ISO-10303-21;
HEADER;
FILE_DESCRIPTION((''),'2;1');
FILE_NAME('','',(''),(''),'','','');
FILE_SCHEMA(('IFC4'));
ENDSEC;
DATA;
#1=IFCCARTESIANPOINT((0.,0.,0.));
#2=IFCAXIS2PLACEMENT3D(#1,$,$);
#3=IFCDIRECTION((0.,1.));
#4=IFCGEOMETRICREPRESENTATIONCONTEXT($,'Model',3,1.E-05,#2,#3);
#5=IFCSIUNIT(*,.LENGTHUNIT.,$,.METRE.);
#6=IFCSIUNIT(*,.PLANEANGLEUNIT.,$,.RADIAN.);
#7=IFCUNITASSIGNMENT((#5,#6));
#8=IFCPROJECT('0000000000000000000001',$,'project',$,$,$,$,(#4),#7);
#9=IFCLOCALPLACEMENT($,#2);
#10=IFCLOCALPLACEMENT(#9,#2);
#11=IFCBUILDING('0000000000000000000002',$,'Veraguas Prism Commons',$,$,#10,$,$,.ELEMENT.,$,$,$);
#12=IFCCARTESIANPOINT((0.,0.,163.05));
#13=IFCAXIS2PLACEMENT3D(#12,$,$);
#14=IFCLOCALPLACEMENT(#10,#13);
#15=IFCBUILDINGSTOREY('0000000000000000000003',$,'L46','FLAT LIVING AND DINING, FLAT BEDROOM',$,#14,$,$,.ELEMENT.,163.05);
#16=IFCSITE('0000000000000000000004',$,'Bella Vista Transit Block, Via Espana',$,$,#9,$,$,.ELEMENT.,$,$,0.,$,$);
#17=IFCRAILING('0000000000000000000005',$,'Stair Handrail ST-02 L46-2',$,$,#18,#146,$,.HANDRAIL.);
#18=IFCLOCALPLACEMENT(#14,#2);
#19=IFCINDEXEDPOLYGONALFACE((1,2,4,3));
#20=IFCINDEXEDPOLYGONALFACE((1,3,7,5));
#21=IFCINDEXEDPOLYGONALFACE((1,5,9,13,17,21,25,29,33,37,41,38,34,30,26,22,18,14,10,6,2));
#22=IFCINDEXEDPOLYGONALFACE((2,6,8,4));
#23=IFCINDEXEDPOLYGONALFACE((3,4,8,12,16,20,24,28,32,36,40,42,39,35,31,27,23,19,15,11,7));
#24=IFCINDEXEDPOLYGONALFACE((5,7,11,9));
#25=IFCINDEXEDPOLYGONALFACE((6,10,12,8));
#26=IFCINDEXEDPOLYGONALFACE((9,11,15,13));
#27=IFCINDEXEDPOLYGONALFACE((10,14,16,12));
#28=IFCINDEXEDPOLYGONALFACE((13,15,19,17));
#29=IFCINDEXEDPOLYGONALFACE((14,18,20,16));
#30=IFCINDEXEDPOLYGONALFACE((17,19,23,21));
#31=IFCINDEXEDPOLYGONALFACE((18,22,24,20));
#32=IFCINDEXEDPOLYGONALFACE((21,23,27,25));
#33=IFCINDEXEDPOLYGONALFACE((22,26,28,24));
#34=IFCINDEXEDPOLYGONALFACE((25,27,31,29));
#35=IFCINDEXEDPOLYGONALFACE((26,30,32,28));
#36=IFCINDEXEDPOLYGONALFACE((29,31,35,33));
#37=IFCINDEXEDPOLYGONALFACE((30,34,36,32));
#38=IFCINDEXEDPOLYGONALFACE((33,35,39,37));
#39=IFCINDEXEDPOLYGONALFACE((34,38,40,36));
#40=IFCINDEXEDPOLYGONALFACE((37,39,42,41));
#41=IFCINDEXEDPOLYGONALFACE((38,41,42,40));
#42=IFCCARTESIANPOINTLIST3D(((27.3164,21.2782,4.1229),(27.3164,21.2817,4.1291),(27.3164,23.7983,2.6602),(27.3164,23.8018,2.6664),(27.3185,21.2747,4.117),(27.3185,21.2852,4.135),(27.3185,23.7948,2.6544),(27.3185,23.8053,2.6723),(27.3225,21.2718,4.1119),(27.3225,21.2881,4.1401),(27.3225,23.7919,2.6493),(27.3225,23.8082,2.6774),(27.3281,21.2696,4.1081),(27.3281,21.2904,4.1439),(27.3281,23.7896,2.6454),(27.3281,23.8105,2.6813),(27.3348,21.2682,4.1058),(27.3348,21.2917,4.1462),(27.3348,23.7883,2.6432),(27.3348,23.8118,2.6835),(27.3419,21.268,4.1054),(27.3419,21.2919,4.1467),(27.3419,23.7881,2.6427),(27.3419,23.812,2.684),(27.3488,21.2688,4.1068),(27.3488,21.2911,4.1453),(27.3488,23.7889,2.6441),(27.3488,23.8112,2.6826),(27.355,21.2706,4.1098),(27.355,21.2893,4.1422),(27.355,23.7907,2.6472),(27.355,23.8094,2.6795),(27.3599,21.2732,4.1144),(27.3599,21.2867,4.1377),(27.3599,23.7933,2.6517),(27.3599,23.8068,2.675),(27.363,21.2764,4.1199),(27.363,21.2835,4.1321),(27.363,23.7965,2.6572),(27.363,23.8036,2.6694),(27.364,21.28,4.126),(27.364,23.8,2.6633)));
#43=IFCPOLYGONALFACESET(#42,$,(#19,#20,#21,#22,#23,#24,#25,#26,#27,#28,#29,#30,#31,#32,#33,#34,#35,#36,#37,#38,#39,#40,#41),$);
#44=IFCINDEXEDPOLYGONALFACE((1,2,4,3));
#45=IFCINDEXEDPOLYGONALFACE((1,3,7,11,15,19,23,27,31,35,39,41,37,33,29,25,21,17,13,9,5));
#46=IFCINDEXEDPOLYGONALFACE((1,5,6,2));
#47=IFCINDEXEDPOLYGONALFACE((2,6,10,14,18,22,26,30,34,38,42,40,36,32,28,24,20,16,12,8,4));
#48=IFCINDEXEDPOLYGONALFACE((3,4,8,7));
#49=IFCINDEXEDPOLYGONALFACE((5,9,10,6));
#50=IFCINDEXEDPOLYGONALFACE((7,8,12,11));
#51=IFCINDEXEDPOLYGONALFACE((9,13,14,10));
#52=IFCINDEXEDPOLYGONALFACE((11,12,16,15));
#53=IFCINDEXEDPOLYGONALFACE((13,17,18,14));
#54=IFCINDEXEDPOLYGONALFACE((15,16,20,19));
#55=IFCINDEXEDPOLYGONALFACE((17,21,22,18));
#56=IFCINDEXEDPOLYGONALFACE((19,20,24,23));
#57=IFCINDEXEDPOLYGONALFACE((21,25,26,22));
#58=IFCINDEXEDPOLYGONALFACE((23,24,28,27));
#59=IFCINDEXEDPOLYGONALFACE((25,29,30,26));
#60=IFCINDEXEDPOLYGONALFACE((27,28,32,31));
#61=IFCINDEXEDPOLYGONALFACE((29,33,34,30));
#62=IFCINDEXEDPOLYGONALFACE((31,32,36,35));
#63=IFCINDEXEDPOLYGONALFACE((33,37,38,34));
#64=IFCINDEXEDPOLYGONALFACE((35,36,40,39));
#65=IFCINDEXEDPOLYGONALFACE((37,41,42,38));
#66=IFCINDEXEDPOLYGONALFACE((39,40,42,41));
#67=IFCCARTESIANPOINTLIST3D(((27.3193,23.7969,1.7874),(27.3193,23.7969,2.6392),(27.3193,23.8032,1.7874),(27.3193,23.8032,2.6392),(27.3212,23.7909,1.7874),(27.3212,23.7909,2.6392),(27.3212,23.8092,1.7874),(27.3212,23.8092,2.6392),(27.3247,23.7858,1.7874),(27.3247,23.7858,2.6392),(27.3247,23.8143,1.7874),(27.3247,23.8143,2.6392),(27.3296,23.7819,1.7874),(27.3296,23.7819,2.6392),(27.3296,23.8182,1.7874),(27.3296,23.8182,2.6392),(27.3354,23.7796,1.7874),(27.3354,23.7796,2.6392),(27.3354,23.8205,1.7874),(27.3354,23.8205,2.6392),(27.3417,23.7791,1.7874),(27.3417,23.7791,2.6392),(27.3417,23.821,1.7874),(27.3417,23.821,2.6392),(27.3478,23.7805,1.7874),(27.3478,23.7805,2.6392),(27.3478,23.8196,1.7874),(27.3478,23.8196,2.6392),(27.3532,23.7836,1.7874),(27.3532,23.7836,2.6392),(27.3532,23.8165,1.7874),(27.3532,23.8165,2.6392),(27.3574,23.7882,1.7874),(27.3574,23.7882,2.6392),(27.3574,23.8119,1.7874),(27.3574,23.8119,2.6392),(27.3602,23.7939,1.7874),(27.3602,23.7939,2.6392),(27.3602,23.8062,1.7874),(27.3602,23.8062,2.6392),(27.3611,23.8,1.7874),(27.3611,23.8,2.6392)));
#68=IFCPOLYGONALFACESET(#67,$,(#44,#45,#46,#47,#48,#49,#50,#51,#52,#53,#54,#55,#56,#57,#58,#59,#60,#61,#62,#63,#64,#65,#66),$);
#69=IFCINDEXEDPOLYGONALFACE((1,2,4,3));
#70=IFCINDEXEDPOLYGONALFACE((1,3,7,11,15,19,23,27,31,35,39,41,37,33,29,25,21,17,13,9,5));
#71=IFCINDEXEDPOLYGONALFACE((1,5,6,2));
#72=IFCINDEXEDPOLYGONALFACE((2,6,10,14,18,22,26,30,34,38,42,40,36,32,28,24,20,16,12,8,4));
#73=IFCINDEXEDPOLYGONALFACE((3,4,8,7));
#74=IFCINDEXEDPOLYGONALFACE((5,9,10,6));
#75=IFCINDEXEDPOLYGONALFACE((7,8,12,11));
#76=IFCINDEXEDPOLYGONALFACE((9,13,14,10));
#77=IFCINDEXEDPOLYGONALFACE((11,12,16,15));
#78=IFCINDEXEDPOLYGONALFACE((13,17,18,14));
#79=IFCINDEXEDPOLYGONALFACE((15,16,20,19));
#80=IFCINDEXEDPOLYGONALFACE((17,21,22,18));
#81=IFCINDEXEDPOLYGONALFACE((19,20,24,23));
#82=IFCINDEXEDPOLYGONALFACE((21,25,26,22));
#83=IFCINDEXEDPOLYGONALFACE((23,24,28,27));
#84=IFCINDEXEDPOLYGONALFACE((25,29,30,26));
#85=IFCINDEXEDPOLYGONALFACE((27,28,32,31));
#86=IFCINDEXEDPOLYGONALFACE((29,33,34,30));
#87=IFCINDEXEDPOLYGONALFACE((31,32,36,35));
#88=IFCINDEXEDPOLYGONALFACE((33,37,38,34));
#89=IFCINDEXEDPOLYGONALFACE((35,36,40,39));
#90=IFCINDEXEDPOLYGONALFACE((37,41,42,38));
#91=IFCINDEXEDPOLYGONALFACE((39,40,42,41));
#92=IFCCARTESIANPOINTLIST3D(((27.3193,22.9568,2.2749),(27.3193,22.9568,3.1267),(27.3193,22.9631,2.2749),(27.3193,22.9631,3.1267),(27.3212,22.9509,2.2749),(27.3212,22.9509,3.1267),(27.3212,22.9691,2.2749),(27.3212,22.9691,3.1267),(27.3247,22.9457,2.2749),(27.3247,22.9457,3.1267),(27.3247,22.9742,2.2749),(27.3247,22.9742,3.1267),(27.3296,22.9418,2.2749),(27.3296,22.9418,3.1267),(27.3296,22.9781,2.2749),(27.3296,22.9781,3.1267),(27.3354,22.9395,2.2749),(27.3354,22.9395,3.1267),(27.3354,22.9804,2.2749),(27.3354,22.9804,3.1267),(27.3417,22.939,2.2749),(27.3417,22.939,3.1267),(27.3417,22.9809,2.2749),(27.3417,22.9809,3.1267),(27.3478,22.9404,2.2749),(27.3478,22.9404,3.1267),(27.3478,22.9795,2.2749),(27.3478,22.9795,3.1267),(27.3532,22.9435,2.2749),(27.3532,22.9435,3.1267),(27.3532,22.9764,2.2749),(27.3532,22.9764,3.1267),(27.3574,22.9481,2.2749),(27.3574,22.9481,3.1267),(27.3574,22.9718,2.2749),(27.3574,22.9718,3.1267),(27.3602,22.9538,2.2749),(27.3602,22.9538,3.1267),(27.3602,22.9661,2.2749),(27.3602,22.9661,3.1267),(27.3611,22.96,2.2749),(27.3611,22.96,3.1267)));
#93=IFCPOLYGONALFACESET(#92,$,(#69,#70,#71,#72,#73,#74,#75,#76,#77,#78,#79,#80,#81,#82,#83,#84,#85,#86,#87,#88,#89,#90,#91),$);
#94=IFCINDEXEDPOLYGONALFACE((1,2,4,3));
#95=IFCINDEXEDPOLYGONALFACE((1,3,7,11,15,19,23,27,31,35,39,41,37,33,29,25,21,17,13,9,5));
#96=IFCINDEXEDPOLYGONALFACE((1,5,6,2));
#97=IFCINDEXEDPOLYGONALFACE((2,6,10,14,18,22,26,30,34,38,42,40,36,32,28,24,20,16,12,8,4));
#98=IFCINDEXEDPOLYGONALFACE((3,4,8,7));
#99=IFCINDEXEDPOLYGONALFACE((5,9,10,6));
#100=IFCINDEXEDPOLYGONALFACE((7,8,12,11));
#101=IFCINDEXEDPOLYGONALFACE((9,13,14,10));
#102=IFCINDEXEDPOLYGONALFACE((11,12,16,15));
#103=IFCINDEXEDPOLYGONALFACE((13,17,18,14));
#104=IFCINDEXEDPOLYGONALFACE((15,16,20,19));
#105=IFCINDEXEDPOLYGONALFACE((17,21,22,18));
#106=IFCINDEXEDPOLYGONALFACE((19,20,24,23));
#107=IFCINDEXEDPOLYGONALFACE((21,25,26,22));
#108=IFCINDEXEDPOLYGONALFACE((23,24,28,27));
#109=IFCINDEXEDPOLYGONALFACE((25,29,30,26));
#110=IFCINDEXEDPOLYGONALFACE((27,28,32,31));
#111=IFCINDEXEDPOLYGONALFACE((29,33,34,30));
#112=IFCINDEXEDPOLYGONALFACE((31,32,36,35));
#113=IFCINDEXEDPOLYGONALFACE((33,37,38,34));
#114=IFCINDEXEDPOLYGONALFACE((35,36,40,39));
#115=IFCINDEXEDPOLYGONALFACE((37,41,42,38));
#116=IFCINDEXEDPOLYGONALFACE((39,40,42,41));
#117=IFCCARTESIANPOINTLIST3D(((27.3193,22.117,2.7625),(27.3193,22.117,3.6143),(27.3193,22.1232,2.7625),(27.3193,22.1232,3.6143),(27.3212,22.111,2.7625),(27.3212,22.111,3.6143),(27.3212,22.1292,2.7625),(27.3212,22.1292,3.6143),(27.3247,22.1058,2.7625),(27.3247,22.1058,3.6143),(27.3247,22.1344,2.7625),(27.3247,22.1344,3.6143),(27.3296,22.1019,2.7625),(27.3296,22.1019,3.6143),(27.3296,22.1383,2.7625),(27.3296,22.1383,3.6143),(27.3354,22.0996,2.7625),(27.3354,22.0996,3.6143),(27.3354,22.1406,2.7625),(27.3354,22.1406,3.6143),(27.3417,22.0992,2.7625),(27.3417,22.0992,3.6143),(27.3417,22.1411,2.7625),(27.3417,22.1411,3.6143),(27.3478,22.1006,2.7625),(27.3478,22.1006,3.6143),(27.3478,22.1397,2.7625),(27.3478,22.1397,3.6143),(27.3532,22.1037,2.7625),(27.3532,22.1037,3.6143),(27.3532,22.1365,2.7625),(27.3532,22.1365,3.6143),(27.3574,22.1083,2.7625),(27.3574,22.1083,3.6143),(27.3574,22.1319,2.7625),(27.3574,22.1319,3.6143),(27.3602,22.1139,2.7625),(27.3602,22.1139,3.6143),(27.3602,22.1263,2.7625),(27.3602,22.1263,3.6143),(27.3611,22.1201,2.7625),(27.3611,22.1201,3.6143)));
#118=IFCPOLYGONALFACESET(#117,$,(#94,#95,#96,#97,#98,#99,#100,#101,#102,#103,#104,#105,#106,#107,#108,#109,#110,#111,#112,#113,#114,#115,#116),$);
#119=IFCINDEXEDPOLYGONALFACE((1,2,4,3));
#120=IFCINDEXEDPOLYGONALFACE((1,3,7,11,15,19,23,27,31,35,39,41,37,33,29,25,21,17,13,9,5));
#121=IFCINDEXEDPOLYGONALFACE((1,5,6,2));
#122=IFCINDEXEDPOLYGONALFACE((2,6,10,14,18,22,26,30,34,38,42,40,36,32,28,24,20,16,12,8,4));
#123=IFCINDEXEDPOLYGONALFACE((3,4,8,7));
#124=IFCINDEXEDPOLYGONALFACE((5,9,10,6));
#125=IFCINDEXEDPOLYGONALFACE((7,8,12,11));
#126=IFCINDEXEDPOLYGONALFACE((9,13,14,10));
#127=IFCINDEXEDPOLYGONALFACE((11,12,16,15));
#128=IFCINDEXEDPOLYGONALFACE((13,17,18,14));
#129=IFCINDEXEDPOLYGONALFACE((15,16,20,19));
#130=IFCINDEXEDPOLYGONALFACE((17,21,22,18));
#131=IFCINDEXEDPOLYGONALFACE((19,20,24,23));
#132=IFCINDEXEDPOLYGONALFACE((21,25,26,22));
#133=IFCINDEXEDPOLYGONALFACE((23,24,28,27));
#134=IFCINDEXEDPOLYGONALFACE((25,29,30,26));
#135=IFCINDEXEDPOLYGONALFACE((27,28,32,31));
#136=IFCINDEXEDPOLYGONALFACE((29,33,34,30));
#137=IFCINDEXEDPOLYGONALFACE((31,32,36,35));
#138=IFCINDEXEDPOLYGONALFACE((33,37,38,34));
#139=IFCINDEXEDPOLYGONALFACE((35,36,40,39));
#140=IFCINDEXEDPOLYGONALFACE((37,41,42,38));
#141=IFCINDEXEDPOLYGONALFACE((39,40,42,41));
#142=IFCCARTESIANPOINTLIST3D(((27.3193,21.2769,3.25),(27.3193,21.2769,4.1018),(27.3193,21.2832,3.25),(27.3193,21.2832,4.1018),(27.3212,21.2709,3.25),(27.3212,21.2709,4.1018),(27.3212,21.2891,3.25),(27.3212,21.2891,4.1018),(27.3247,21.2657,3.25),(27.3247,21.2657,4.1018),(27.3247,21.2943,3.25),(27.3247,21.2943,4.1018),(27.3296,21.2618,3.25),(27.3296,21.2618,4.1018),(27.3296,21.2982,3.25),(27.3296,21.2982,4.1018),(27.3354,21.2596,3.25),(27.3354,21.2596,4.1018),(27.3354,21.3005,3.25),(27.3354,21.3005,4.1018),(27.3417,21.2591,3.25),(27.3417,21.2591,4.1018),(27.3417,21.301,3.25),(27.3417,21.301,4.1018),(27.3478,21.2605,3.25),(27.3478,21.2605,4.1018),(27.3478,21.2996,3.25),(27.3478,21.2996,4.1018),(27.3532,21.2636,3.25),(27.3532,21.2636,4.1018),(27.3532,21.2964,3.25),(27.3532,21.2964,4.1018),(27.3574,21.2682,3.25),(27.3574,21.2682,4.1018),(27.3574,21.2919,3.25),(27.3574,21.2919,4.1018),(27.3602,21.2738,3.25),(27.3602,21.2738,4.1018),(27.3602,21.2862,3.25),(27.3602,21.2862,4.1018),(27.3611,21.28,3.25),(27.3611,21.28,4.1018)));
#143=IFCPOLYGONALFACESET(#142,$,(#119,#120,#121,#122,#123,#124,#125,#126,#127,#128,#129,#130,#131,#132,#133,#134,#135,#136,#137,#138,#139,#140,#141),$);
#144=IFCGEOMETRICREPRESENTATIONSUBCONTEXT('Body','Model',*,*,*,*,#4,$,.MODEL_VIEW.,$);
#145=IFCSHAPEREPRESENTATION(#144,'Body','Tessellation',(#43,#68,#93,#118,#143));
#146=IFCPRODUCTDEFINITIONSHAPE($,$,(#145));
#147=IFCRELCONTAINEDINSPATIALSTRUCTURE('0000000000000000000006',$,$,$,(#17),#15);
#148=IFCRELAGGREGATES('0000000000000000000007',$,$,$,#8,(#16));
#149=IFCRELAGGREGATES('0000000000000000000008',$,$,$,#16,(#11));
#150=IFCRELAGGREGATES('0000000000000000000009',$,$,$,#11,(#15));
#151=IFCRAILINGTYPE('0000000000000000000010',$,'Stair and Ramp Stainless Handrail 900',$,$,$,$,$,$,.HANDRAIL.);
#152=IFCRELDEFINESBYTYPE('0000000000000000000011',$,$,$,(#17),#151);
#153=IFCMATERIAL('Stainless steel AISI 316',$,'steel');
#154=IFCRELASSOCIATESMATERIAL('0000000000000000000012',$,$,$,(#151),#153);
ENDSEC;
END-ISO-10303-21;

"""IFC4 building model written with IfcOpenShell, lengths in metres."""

from ifc_helpers import new_model, si_unit, direction, frame, origin, origin_2d, place, context, subcontext, project, spatial, circle, extrude, material, type_object, element, save


model = new_model("IFC4")

# Units and contexts
model_context = context("Model", 3, precision=1e-05, world=origin(), true_north=direction((0.0, 1.0)))
body_context = subcontext(model_context, "Body", "Model", "MODEL_VIEW")
ifc_project = project(units=[si_unit("LENGTHUNIT", "METRE"), si_unit("PLANEANGLEUNIT", "RADIAN")], contexts=[model_context])

# Site, building, storey
site_placement = place(None, origin())
site = spatial("IfcSite", under=ifc_project, at=site_placement, Name="Bella Vista Transit Block, Via Espana", CompositionType="ELEMENT", RefElevation=0.0)
building_placement = place(site_placement, origin())
building = spatial("IfcBuilding", under=site, at=building_placement, Name="Veraguas Prism Commons", CompositionType="ELEMENT")
storey_placement = place(building_placement, frame((0.0, 0.0, 163.05)))
storey = spatial("IfcBuildingStorey", under=building, at=storey_placement, Name="L46", Description="FLAT LIVING AND DINING, FLAT BEDROOM", CompositionType="ELEMENT", Elevation=163.05)

# Shared definitions
ifc_material_1 = material(Name="Stainless steel AISI 316", Category="steel")

# Railing
railing_type_1 = type_object("IfcRailingType", Name="Stair and Ramp Stainless Handrail 900", PredefinedType="HANDRAIL", material=ifc_material_1)
railing_1_placement = place(storey_placement, frame((27.3401, 23.8, 1.7874)))
element("IfcRailing", 1, at=railing_1_placement, inside=storey, type_object=railing_type_1, Name="Stair Handrail ST-02 L46-2", PredefinedType="HANDRAIL", context=body_context, shape_type="SweptSolid", body=[
    extrude(circle(Radius=0.0239, at=origin_2d()), frame((0.0, 0.0, 0.876), z_axis=(0.0, -0.864877, 0.501984), x_axis=(1.0, 0.0, 0.0)), (0.0, 0.0, 1.0), 2.9138),
    extrude(circle(Radius=0.021, at=origin_2d()), origin(), (0.0, 0.0, 1.0), 0.8518),
    extrude(circle(Radius=0.021, at=origin_2d()), frame((0.0, -0.8401, 0.4875)), (0.0, 0.0, 1.0), 0.8518),
    extrude(circle(Radius=0.021, at=origin_2d()), frame((0.0, -1.6799, 0.9751)), (0.0, 0.0, 1.0), 0.8518),
    extrude(circle(Radius=0.021, at=origin_2d()), frame((0.0, -2.52, 1.4626)), (0.0, 0.0, 1.0), 0.8518),
])

save(model, "model.ifc")
